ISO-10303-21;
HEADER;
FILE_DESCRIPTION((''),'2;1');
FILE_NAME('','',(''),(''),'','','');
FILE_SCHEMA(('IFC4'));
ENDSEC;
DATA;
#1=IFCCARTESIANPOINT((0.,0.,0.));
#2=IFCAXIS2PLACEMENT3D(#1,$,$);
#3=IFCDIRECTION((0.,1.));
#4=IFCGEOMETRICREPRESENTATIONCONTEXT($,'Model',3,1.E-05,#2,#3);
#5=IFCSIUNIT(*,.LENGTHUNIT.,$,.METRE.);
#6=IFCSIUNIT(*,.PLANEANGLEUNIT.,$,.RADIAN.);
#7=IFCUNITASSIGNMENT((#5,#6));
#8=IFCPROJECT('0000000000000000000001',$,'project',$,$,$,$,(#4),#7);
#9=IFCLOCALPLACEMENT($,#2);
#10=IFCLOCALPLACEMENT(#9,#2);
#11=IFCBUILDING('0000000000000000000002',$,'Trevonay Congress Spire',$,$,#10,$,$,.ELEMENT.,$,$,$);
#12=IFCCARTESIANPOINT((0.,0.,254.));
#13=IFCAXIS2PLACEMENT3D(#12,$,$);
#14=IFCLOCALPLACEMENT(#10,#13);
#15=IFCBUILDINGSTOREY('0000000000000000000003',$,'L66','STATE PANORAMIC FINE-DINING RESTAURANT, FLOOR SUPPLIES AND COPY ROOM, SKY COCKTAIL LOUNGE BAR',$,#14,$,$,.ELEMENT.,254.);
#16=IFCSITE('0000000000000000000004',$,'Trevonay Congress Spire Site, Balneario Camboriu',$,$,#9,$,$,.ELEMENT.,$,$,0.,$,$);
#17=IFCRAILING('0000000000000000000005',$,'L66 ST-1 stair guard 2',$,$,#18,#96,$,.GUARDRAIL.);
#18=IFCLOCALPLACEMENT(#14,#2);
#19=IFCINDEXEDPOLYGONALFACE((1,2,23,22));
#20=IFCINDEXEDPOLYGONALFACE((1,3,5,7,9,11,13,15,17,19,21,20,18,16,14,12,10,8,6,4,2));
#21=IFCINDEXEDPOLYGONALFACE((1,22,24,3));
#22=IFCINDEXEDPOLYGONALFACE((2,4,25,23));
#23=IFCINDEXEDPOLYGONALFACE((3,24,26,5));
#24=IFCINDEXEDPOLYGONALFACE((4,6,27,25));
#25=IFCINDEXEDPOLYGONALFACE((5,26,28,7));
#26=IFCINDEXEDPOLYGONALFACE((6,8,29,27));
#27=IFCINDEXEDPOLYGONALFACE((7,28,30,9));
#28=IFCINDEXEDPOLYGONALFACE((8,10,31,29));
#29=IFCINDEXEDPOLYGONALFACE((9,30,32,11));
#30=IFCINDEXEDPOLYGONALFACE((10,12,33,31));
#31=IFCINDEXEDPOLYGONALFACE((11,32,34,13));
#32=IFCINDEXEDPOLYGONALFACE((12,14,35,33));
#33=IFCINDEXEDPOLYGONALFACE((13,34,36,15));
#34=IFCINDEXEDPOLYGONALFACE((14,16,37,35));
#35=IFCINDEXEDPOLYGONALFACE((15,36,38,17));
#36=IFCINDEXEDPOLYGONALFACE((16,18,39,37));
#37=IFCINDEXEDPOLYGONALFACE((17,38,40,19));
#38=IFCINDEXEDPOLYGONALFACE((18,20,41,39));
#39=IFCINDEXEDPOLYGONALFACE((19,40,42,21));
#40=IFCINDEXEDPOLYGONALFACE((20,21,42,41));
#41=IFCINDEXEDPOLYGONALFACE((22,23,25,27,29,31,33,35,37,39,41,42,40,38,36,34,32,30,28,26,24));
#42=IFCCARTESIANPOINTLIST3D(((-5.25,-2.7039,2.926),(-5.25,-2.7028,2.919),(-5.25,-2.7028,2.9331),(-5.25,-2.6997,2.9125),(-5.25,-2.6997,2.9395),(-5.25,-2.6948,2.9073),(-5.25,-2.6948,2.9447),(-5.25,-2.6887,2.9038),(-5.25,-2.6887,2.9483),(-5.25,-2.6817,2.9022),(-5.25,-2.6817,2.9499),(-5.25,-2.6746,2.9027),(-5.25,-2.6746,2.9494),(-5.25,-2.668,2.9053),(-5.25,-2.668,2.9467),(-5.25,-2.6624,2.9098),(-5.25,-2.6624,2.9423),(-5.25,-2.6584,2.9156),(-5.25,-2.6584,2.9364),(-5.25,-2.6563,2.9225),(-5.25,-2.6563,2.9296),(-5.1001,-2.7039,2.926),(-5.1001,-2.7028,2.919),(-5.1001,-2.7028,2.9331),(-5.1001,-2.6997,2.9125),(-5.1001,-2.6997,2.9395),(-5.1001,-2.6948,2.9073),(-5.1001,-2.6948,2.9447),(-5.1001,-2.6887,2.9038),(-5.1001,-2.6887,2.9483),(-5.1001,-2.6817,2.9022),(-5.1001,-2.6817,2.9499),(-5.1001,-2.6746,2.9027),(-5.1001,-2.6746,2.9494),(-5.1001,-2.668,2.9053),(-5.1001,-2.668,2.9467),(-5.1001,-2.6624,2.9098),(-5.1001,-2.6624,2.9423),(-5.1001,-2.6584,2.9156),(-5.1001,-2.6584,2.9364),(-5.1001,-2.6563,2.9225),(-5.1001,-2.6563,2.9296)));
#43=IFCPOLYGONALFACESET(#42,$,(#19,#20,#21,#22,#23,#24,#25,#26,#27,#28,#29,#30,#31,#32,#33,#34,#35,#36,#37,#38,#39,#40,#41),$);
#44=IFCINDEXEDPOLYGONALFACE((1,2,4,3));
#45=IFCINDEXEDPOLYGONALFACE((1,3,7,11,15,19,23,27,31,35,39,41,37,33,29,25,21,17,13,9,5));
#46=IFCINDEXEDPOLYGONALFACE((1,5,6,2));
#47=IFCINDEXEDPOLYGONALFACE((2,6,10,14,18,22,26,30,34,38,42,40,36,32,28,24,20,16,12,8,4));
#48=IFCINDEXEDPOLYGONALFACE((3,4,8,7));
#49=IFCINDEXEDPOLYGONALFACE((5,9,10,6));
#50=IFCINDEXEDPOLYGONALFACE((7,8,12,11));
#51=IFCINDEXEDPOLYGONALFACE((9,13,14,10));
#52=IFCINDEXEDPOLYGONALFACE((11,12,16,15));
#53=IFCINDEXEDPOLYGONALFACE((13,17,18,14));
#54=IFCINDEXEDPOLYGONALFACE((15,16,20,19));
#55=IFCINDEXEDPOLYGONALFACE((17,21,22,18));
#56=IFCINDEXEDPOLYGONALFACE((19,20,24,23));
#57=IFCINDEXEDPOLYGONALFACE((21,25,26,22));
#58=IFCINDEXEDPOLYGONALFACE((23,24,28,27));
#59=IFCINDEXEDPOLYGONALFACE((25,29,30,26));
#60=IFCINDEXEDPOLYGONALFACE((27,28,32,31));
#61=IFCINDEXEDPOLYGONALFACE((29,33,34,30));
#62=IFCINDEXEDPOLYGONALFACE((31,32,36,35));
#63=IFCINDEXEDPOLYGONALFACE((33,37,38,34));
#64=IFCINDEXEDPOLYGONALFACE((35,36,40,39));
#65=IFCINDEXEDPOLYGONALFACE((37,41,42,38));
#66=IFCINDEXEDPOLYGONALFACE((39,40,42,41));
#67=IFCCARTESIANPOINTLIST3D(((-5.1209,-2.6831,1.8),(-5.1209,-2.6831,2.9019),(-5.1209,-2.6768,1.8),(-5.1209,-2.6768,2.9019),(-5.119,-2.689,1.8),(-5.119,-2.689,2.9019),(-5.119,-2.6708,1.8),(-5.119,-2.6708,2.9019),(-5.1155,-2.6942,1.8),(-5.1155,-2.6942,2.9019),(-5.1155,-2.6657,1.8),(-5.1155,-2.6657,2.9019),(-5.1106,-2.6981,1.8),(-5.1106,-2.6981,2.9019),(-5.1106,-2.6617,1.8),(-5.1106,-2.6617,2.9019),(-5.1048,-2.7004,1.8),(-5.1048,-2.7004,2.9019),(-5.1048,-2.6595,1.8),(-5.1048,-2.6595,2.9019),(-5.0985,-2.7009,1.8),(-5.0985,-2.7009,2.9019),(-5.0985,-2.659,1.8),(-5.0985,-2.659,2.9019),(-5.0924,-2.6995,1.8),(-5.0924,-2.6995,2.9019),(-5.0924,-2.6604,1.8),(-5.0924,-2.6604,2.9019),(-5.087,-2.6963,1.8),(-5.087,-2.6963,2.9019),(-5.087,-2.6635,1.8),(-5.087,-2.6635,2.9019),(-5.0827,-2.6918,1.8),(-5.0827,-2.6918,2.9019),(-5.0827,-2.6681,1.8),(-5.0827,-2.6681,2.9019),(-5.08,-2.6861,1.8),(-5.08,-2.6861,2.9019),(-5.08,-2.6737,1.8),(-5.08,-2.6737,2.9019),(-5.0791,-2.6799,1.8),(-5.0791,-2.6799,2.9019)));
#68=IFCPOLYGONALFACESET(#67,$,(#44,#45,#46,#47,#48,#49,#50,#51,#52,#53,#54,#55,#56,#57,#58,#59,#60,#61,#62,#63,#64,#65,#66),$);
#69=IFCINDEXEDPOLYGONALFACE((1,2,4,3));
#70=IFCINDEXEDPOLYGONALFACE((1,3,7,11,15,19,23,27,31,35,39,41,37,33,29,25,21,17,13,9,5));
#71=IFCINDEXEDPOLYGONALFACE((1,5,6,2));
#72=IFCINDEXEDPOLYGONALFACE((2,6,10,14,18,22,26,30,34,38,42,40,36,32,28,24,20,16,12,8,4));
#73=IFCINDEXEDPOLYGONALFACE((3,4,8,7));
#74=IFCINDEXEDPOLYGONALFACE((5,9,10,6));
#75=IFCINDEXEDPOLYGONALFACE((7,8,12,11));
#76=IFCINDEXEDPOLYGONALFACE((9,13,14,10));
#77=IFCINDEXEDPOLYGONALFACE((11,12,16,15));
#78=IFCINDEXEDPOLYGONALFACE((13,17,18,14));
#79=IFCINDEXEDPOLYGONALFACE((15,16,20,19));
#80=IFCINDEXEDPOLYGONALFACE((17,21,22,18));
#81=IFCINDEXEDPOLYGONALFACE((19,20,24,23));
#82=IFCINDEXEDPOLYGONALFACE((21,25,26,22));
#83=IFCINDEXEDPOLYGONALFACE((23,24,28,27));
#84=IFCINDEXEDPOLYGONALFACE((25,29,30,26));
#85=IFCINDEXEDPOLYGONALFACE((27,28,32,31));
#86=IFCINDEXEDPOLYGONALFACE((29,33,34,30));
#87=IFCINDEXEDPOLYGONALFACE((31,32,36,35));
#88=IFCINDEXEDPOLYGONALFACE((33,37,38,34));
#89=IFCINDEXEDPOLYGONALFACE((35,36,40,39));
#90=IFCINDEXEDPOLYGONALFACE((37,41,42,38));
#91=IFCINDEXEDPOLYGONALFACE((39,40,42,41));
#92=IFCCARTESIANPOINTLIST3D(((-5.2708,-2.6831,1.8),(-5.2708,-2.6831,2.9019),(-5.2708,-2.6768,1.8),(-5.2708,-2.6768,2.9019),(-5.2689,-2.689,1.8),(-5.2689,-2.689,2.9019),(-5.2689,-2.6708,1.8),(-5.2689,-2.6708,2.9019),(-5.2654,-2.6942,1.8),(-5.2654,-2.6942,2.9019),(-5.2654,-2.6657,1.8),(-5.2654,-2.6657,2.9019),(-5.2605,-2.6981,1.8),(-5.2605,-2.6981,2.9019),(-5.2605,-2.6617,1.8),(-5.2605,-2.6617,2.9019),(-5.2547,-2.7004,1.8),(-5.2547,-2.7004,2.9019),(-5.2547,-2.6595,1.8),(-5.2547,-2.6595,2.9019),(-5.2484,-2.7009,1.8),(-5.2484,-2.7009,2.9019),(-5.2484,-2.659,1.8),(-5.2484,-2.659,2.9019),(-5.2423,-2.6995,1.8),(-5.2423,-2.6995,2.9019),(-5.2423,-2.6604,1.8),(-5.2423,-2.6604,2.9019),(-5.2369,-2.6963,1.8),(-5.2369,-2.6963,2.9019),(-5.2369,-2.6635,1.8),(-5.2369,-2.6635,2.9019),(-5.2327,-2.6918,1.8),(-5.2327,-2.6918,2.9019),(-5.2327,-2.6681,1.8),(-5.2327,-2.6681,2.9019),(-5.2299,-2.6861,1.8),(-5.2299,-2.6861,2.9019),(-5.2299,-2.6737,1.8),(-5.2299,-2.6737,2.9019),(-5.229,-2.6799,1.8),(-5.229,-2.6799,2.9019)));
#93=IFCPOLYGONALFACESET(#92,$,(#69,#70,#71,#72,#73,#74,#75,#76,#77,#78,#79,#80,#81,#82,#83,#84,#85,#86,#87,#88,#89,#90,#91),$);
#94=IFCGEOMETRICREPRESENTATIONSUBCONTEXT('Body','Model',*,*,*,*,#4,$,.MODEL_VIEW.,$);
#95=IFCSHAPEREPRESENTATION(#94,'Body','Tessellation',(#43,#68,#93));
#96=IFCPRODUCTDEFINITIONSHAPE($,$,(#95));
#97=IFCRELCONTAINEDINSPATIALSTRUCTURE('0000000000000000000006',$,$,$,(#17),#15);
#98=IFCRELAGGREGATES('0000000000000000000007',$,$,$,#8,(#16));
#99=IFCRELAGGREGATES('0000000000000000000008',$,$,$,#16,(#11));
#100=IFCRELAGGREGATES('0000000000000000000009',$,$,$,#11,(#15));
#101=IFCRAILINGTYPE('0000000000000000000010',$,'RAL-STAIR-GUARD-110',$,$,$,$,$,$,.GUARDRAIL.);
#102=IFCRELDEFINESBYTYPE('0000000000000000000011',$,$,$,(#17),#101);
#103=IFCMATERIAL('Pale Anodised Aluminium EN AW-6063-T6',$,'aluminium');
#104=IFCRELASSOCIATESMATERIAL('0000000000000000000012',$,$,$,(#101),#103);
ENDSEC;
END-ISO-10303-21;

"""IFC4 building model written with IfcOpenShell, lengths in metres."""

from ifc_helpers import new_model, si_unit, direction, frame, origin, origin_2d, place, context, subcontext, project, spatial, circle, extrude, material, type_object, element, save


model = new_model("IFC4")

# Units and contexts
model_context = context("Model", 3, precision=1e-05, world=origin(), true_north=direction((0.0, 1.0)))
body_context = subcontext(model_context, "Body", "Model", "MODEL_VIEW")
ifc_project = project(units=[si_unit("LENGTHUNIT", "METRE"), si_unit("PLANEANGLEUNIT", "RADIAN")], contexts=[model_context])

# Site, building, storey
site_placement = place(None, origin())
site = spatial("IfcSite", under=ifc_project, at=site_placement, Name="Trevonay Congress Spire Site, Balneario Camboriu", CompositionType="ELEMENT", RefElevation=0.0)
building_placement = place(site_placement, origin())
building = spatial("IfcBuilding", under=site, at=building_placement, Name="Trevonay Congress Spire", CompositionType="ELEMENT")
storey_placement = place(building_placement, frame((0.0, 0.0, 254.0)))
storey = spatial("IfcBuildingStorey", under=building, at=storey_placement, Name="L66", Description="STATE PANORAMIC FINE-DINING RESTAURANT, FLOOR SUPPLIES AND COPY ROOM, SKY COCKTAIL LOUNGE BAR", CompositionType="ELEMENT", Elevation=254.0)

# Railing
ifc_material_1 = material(Name="Pale Anodised Aluminium EN AW-6063-T6", Category="aluminium")
railing_type_1 = type_object("IfcRailingType", Name="RAL-STAIR-GUARD-110", PredefinedType="GUARDRAIL", material=ifc_material_1)
railing_1_placement = place(storey_placement, frame((-5.1001, -2.6799, 1.8)))
element("IfcRailing", 1, at=railing_1_placement, inside=storey, type_object=railing_type_1, Name="L66 ST-1 stair guard 2", PredefinedType="GUARDRAIL", context=body_context, shape_type="SweptSolid", body=[
    extrude(circle(Radius=0.0239, at=origin_2d()), frame((0.0, 0.0, 1.126), z_axis=(-1.0, 0.0, 0.0), x_axis=(0.0, -1.0, 0.0)), (0.0, 0.0, 1.0), 0.1499),
    extrude(circle(Radius=0.021, at=origin_2d()), origin(), (0.0, 0.0, 1.0), 1.1018),
    extrude(circle(Radius=0.021, at=origin_2d()), frame((-0.1499, 0.0, 0.0)), (0.0, 0.0, 1.0), 1.1018),
])

save(model, "model.ifc")
